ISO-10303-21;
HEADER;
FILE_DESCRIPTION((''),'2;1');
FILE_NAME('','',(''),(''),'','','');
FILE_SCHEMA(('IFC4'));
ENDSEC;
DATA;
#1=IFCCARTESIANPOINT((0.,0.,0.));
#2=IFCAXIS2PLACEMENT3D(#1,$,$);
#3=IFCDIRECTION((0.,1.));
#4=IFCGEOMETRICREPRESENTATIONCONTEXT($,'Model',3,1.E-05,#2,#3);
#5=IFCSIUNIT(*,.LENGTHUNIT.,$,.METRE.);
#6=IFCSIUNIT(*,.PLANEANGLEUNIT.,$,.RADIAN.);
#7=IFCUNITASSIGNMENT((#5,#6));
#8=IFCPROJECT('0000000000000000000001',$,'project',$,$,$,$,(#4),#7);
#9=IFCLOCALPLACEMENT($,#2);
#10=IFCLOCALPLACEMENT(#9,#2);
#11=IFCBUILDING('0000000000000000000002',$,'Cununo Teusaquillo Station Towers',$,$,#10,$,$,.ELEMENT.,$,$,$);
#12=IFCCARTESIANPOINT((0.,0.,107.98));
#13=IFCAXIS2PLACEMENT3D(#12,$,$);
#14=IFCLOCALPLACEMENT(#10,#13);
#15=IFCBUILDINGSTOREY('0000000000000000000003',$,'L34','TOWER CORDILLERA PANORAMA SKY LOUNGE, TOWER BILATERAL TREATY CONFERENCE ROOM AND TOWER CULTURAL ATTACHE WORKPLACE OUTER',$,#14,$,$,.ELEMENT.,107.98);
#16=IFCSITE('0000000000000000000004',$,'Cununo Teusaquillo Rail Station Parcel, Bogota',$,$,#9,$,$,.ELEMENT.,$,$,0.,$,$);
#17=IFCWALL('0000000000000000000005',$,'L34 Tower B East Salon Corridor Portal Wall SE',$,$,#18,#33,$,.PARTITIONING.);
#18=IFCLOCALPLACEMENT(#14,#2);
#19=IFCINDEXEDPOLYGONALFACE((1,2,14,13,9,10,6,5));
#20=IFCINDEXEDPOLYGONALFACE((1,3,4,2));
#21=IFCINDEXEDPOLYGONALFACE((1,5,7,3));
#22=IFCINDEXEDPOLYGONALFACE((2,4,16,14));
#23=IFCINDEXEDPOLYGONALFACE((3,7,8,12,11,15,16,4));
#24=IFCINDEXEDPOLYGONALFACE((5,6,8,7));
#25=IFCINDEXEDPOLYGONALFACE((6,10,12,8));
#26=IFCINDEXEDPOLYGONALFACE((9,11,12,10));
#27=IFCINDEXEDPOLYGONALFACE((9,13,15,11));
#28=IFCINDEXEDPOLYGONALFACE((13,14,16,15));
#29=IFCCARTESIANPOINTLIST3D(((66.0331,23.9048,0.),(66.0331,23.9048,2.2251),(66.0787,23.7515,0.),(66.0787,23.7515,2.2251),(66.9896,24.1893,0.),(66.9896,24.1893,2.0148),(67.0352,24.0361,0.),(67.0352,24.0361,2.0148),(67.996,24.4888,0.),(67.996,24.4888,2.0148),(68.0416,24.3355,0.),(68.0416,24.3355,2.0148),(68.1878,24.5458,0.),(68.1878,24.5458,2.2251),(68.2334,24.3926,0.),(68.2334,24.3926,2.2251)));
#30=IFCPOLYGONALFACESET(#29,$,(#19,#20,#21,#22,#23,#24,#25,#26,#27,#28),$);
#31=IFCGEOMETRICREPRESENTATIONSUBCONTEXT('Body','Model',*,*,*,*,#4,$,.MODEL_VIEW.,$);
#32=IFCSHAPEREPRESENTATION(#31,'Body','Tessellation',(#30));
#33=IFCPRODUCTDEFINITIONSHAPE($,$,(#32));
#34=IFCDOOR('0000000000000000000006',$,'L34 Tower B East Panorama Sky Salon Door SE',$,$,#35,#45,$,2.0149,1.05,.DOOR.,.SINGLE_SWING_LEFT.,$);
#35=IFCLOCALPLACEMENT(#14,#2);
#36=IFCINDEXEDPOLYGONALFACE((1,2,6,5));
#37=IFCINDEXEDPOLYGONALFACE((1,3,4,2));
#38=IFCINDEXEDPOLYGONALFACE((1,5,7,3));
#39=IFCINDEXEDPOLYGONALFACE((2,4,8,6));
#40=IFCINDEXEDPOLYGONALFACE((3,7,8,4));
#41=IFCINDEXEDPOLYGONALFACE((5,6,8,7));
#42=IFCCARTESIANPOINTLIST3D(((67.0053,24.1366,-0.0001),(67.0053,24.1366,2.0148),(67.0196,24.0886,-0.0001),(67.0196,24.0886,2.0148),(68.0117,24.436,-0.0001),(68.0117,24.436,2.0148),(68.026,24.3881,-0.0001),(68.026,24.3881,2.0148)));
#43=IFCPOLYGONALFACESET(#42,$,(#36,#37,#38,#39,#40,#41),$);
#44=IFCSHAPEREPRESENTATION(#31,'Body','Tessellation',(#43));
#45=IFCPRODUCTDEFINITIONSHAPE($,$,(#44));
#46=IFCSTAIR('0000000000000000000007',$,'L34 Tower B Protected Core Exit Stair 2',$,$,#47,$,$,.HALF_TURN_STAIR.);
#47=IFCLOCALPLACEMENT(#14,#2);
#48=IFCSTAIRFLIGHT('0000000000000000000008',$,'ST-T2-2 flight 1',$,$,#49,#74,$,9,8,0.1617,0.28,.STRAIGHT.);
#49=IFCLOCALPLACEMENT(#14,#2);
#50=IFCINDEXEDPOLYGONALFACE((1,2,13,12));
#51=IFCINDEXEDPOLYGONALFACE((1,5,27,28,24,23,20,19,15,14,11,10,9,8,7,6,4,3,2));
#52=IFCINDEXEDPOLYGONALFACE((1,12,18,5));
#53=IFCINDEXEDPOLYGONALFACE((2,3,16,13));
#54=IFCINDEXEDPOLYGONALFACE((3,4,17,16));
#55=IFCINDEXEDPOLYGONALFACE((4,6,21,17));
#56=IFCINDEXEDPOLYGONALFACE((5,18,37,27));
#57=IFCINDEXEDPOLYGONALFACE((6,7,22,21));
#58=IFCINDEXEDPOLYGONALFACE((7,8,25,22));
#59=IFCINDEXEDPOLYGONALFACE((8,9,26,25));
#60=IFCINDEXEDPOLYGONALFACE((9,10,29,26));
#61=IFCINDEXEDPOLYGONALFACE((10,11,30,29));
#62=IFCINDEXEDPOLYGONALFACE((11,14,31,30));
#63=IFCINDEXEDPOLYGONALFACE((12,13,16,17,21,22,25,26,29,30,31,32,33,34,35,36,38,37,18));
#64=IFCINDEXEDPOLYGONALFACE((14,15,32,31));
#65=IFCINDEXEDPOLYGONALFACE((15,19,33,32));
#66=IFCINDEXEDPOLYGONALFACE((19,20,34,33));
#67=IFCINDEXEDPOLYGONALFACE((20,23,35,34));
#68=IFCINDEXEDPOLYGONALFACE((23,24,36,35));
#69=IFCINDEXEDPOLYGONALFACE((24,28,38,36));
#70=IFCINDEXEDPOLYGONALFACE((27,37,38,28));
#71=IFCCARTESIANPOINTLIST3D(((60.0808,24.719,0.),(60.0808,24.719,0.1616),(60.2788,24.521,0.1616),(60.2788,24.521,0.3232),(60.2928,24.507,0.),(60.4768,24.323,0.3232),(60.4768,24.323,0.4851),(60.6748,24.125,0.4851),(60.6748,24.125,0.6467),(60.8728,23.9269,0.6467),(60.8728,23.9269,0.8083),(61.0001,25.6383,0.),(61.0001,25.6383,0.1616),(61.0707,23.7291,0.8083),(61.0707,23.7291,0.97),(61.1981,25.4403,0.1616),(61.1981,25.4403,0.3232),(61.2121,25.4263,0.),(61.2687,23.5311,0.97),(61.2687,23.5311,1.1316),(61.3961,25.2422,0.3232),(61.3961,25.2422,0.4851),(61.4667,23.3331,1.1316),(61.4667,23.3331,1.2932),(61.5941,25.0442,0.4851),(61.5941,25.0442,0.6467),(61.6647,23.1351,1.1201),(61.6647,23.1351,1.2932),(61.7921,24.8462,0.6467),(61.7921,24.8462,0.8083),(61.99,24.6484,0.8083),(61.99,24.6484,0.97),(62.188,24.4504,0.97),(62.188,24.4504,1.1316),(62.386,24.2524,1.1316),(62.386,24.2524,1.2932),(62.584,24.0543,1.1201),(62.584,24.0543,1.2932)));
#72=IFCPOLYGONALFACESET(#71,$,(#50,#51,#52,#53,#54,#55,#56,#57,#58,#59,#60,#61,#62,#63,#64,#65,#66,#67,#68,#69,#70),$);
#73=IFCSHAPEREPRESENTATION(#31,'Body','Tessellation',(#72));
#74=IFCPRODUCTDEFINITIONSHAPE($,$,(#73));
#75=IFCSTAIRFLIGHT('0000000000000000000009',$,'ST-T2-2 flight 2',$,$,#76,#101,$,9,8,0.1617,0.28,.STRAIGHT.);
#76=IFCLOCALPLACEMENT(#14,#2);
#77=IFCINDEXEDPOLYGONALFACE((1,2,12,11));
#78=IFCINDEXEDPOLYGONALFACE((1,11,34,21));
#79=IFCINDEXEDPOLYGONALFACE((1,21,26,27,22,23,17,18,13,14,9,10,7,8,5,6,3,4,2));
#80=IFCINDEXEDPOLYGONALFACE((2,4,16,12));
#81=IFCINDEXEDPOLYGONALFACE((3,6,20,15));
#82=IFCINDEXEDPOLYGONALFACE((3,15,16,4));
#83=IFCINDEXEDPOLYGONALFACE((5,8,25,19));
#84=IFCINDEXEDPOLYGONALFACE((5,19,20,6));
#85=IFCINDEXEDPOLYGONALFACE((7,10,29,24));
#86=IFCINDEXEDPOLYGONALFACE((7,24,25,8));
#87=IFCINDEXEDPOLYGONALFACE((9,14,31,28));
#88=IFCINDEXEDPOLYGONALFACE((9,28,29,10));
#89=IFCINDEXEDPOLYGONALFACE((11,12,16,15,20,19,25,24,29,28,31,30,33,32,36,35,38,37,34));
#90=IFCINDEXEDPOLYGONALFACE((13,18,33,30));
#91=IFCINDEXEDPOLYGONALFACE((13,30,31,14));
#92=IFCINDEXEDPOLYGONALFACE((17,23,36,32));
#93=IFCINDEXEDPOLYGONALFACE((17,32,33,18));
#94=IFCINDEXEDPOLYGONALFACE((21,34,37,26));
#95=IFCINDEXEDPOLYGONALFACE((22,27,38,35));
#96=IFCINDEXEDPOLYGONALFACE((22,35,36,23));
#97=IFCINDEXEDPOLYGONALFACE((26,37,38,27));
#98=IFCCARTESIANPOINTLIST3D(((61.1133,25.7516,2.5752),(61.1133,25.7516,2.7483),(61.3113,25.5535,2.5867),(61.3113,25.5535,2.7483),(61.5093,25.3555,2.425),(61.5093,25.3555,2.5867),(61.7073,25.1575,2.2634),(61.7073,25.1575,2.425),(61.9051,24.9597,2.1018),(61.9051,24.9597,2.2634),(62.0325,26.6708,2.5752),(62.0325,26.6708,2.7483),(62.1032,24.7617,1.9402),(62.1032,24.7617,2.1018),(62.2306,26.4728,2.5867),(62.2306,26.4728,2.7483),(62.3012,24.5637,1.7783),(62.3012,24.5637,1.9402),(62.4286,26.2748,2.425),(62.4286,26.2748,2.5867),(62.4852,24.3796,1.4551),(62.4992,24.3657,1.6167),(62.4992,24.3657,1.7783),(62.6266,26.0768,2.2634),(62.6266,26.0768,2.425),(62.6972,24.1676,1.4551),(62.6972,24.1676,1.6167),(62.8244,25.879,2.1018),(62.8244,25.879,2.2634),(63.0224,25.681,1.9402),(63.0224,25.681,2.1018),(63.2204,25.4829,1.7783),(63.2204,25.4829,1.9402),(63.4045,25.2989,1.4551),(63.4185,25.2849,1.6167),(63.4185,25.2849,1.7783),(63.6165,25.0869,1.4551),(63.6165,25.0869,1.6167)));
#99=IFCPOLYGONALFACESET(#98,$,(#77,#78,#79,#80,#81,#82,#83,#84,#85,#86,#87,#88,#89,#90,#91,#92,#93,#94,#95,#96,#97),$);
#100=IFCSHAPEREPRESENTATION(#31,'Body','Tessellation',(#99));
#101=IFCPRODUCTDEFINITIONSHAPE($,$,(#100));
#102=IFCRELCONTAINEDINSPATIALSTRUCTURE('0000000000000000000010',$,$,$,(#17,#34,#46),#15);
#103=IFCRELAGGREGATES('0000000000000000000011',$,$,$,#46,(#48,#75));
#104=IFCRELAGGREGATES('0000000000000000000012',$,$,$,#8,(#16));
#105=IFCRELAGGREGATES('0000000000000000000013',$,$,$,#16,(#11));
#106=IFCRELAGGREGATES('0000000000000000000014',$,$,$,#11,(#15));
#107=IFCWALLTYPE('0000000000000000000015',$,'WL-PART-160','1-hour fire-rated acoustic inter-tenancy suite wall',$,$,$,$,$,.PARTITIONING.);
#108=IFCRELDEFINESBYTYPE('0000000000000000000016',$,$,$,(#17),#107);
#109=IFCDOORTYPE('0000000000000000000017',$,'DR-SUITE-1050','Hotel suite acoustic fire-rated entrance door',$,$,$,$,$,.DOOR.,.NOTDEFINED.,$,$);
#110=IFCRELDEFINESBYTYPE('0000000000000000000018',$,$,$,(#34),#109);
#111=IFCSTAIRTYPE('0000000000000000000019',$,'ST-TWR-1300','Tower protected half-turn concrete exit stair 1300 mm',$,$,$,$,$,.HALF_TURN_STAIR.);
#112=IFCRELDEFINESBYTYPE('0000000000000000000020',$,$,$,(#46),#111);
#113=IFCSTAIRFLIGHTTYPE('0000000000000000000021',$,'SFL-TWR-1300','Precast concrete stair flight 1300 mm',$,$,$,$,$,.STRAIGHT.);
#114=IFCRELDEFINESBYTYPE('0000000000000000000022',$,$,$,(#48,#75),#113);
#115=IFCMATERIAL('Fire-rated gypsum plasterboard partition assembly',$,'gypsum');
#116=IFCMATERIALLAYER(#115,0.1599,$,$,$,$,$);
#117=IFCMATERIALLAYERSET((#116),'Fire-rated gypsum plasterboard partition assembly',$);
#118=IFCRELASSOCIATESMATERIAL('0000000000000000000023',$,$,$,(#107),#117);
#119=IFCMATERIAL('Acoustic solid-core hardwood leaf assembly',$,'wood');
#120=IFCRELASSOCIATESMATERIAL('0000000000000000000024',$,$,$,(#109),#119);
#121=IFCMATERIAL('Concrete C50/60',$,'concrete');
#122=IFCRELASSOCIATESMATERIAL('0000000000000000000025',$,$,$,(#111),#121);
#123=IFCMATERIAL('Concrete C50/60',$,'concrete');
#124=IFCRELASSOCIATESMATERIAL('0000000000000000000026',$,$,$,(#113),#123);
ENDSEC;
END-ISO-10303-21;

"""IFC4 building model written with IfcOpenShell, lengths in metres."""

from ifc_helpers import new_model, si_unit, direction, frame, frame_2d, origin, place, context, subcontext, project, spatial, polyline, rectangle, outline, extrude, source, transform, mapped, material, layer, layer_set, type_object, element, fill, aggregate, save


model = new_model("IFC4")

# Units and contexts
model_context = context("Model", 3, precision=1e-05, world=origin(), true_north=direction((0.0, 1.0)))
body_context = subcontext(model_context, "Body", "Model", "MODEL_VIEW")
ifc_project = project(units=[si_unit("LENGTHUNIT", "METRE"), si_unit("PLANEANGLEUNIT", "RADIAN")], contexts=[model_context])

# Site, building, storey
site_placement = place(None, origin())
site = spatial("IfcSite", under=ifc_project, at=site_placement, Name="Cununo Teusaquillo Rail Station Parcel, Bogota", CompositionType="ELEMENT", RefElevation=0.0)
building_placement = place(site_placement, origin())
building = spatial("IfcBuilding", under=site, at=building_placement, Name="Cununo Teusaquillo Station Towers", CompositionType="ELEMENT")
storey_placement = place(building_placement, frame((0.0, 0.0, 107.98)))
storey = spatial("IfcBuildingStorey", under=building, at=storey_placement, Name="L34", Description="TOWER CORDILLERA PANORAMA SKY LOUNGE, TOWER BILATERAL TREATY CONFERENCE ROOM AND TOWER CULTURAL ATTACHE WORKPLACE OUTER", CompositionType="ELEMENT", Elevation=107.98)

# Shared definitions
ifc_material_1 = material(Name="Fire-rated gypsum plasterboard partition assembly", Category="gypsum")
ifc_layer_1 = layer(ifc_material_1, 0.1599)
ifc_layer_set_1 = layer_set([ifc_layer_1], Name="Fire-rated gypsum plasterboard partition assembly")
wall_type_1 = type_object("IfcWallType", Name="WL-PART-160", Description="1-hour fire-rated acoustic inter-tenancy suite wall", PredefinedType="PARTITIONING", material=ifc_layer_set_1)

# Wall, opening, door
wall_1_placement = place(storey_placement, frame((66.0559, 23.8281, 0.0), z_axis=(0.0, 0.0, 1.0), x_axis=(0.958475, 0.285175, 0.0)))
wall_1 = element("IfcWall", 1, at=wall_1_placement, inside=storey, type_object=wall_type_1, Name="L34 Tower B East Salon Corridor Portal Wall SE", PredefinedType="PARTITIONING", context=body_context, shape_type="SweptSolid", body=[
    extrude(rectangle(XDim=2.248, YDim=0.1599, at=frame_2d((1.124, 0.0))), origin(), (0.0, 0.0, 1.0), 2.2251),
])
shared_shape_1 = source(origin(), body_context, "Body", "SweptSolid", [
    extrude(rectangle(XDim=1.05, YDim=2.0149, at=frame_2d((0.5249, 1.0073))), frame((0.0, 0.0898, 0.0), z_axis=(0.0, -1.0, 0.0), x_axis=(1.0, 0.0, 0.0)), (0.0, 0.0, 1.0), 0.1799),
])
opening_1_placement = place(wall_1_placement, frame((0.998, 0.0, 0.0)))
opening_1 = element("IfcOpeningElement", 2, at=opening_1_placement, cuts=wall_1, PredefinedType="OPENING", context=body_context, shape_type="MappedRepresentation", body=[
    mapped(shared_shape_1, transform((0.0, 0.0, 0.0), x_axis=(1.0, 0.0, 0.0), y_axis=(0.0, 1.0, 0.0), z_axis=(0.0, 0.0, 1.0), scale=1.0)),
])
ifc_material_2 = material(Name="Acoustic solid-core hardwood leaf assembly", Category="wood")
door_type = type_object("IfcDoorType", Name="DR-SUITE-1050", Description="Hotel suite acoustic fire-rated entrance door", OperationType="NOTDEFINED", PredefinedType="DOOR", material=ifc_material_2)
shared_shape_2 = source(origin(), body_context, "Body", "SweptSolid", [
    extrude(rectangle(XDim=1.05, YDim=2.0149, at=frame_2d((0.5249, 1.0073))), frame((0.0, 0.0249, 0.0), z_axis=(0.0, -1.0, 0.0), x_axis=(1.0, 0.0, 0.0)), (0.0, 0.0, 1.0), 0.05),
])
door_placement = place(opening_1_placement, origin())
door = element("IfcDoor", 3, at=door_placement, inside=storey, type_object=door_type, Name="L34 Tower B East Panorama Sky Salon Door SE", OperationType="SINGLE_SWING_LEFT", OverallHeight=2.0149, OverallWidth=1.05, PredefinedType="DOOR", context=body_context, shape_type="MappedRepresentation", body=[
    mapped(shared_shape_2, transform((0.0, 0.0, 0.0), x_axis=(1.0, 0.0, 0.0), y_axis=(0.0, 1.0, 0.0), z_axis=(0.0, 0.0, 1.0), scale=1.0)),
])
fill(opening_1, door)

# Stair, stair flights
ifc_material_3 = material(Name="Concrete C50/60", Category="concrete")
stair_type = type_object("IfcStairType", Name="ST-TWR-1300", Description="Tower protected half-turn concrete exit stair 1300 mm", PredefinedType="HALF_TURN_STAIR", material=ifc_material_3)
stair_placement = place(storey_placement, origin())
stair = element("IfcStair", 4, at=stair_placement, inside=storey, type_object=stair_type, Name="L34 Tower B Protected Core Exit Stair 2", PredefinedType="HALF_TURN_STAIR")
ifc_material_4 = material(Name="Concrete C50/60", Category="concrete")
stair_flight_type = type_object("IfcStairFlightType", Name="SFL-TWR-1300", Description="Precast concrete stair flight 1300 mm", PredefinedType="STRAIGHT", material=ifc_material_4)
stair_flight_1_placement = place(storey_placement, frame((60.5405, 25.1787, 0.0), z_axis=(0.0, 0.0, 1.0), x_axis=(0.707107, -0.707107, 0.0)))
stair_flight_1 = element("IfcStairFlight", 5, at=stair_flight_1_placement, type_object=stair_flight_type, Name="ST-T2-2 flight 1", NumberOfRisers=9, NumberOfTreads=8, PredefinedType="STRAIGHT", RiserHeight=0.1617, TreadLength=0.28, context=body_context, shape_type="SweptSolid", body=[
    extrude(outline(polyline([(0.0, 0.0), (0.0, 0.1616), (0.28, 0.1616), (0.28, 0.3232), (0.5601, 0.3232), (0.5601, 0.4851), (0.8401, 0.4851), (0.8401, 0.6467), (1.1201, 0.6467), (1.1201, 0.8083), (1.3999, 0.8083), (1.3999, 0.97), (1.6799, 0.97), (1.6799, 1.1316), (1.96, 1.1316), (1.96, 1.2932), (2.24, 1.2932), (2.24, 1.4551), (2.24, 1.1201), (0.2998, 0.0), (0.0, 0.0)])), frame((0.0, 0.6499, 0.0), z_axis=(0.0, -1.0, 0.0), x_axis=(1.0, 0.0, 0.0)), (0.0, 0.0, 1.0), 1.3),
])
stair_flight_2_placement = place(storey_placement, frame((63.1567, 24.6272, 1.4551), z_axis=(0.0, 0.0, 1.0), x_axis=(-0.707107, 0.707107, 0.0)))
stair_flight_2 = element("IfcStairFlight", 6, at=stair_flight_2_placement, type_object=stair_flight_type, Name="ST-T2-2 flight 2", NumberOfRisers=9, NumberOfTreads=8, PredefinedType="STRAIGHT", RiserHeight=0.1617, TreadLength=0.28, context=body_context, shape_type="SweptSolid", body=[
    extrude(outline(polyline([(0.0, 0.0), (0.0, 0.1616), (0.28, 0.1616), (0.28, 0.3232), (0.5601, 0.3232), (0.5601, 0.4851), (0.8401, 0.4851), (0.8401, 0.6467), (1.1201, 0.6467), (1.1201, 0.8083), (1.3999, 0.8083), (1.3999, 0.97), (1.6799, 0.97), (1.6799, 1.1316), (1.96, 1.1316), (1.96, 1.2932), (2.24, 1.2932), (2.24, 1.4551), (2.24, 1.1201), (0.2998, 0.0), (0.0, 0.0)])), frame((0.0, 0.6499, 0.0), z_axis=(0.0, -1.0, 0.0), x_axis=(1.0, 0.0, 0.0)), (0.0, 0.0, 1.0), 1.3),
])
aggregate(stair, [stair_flight_1, stair_flight_2])

save(model, "model.ifc")
